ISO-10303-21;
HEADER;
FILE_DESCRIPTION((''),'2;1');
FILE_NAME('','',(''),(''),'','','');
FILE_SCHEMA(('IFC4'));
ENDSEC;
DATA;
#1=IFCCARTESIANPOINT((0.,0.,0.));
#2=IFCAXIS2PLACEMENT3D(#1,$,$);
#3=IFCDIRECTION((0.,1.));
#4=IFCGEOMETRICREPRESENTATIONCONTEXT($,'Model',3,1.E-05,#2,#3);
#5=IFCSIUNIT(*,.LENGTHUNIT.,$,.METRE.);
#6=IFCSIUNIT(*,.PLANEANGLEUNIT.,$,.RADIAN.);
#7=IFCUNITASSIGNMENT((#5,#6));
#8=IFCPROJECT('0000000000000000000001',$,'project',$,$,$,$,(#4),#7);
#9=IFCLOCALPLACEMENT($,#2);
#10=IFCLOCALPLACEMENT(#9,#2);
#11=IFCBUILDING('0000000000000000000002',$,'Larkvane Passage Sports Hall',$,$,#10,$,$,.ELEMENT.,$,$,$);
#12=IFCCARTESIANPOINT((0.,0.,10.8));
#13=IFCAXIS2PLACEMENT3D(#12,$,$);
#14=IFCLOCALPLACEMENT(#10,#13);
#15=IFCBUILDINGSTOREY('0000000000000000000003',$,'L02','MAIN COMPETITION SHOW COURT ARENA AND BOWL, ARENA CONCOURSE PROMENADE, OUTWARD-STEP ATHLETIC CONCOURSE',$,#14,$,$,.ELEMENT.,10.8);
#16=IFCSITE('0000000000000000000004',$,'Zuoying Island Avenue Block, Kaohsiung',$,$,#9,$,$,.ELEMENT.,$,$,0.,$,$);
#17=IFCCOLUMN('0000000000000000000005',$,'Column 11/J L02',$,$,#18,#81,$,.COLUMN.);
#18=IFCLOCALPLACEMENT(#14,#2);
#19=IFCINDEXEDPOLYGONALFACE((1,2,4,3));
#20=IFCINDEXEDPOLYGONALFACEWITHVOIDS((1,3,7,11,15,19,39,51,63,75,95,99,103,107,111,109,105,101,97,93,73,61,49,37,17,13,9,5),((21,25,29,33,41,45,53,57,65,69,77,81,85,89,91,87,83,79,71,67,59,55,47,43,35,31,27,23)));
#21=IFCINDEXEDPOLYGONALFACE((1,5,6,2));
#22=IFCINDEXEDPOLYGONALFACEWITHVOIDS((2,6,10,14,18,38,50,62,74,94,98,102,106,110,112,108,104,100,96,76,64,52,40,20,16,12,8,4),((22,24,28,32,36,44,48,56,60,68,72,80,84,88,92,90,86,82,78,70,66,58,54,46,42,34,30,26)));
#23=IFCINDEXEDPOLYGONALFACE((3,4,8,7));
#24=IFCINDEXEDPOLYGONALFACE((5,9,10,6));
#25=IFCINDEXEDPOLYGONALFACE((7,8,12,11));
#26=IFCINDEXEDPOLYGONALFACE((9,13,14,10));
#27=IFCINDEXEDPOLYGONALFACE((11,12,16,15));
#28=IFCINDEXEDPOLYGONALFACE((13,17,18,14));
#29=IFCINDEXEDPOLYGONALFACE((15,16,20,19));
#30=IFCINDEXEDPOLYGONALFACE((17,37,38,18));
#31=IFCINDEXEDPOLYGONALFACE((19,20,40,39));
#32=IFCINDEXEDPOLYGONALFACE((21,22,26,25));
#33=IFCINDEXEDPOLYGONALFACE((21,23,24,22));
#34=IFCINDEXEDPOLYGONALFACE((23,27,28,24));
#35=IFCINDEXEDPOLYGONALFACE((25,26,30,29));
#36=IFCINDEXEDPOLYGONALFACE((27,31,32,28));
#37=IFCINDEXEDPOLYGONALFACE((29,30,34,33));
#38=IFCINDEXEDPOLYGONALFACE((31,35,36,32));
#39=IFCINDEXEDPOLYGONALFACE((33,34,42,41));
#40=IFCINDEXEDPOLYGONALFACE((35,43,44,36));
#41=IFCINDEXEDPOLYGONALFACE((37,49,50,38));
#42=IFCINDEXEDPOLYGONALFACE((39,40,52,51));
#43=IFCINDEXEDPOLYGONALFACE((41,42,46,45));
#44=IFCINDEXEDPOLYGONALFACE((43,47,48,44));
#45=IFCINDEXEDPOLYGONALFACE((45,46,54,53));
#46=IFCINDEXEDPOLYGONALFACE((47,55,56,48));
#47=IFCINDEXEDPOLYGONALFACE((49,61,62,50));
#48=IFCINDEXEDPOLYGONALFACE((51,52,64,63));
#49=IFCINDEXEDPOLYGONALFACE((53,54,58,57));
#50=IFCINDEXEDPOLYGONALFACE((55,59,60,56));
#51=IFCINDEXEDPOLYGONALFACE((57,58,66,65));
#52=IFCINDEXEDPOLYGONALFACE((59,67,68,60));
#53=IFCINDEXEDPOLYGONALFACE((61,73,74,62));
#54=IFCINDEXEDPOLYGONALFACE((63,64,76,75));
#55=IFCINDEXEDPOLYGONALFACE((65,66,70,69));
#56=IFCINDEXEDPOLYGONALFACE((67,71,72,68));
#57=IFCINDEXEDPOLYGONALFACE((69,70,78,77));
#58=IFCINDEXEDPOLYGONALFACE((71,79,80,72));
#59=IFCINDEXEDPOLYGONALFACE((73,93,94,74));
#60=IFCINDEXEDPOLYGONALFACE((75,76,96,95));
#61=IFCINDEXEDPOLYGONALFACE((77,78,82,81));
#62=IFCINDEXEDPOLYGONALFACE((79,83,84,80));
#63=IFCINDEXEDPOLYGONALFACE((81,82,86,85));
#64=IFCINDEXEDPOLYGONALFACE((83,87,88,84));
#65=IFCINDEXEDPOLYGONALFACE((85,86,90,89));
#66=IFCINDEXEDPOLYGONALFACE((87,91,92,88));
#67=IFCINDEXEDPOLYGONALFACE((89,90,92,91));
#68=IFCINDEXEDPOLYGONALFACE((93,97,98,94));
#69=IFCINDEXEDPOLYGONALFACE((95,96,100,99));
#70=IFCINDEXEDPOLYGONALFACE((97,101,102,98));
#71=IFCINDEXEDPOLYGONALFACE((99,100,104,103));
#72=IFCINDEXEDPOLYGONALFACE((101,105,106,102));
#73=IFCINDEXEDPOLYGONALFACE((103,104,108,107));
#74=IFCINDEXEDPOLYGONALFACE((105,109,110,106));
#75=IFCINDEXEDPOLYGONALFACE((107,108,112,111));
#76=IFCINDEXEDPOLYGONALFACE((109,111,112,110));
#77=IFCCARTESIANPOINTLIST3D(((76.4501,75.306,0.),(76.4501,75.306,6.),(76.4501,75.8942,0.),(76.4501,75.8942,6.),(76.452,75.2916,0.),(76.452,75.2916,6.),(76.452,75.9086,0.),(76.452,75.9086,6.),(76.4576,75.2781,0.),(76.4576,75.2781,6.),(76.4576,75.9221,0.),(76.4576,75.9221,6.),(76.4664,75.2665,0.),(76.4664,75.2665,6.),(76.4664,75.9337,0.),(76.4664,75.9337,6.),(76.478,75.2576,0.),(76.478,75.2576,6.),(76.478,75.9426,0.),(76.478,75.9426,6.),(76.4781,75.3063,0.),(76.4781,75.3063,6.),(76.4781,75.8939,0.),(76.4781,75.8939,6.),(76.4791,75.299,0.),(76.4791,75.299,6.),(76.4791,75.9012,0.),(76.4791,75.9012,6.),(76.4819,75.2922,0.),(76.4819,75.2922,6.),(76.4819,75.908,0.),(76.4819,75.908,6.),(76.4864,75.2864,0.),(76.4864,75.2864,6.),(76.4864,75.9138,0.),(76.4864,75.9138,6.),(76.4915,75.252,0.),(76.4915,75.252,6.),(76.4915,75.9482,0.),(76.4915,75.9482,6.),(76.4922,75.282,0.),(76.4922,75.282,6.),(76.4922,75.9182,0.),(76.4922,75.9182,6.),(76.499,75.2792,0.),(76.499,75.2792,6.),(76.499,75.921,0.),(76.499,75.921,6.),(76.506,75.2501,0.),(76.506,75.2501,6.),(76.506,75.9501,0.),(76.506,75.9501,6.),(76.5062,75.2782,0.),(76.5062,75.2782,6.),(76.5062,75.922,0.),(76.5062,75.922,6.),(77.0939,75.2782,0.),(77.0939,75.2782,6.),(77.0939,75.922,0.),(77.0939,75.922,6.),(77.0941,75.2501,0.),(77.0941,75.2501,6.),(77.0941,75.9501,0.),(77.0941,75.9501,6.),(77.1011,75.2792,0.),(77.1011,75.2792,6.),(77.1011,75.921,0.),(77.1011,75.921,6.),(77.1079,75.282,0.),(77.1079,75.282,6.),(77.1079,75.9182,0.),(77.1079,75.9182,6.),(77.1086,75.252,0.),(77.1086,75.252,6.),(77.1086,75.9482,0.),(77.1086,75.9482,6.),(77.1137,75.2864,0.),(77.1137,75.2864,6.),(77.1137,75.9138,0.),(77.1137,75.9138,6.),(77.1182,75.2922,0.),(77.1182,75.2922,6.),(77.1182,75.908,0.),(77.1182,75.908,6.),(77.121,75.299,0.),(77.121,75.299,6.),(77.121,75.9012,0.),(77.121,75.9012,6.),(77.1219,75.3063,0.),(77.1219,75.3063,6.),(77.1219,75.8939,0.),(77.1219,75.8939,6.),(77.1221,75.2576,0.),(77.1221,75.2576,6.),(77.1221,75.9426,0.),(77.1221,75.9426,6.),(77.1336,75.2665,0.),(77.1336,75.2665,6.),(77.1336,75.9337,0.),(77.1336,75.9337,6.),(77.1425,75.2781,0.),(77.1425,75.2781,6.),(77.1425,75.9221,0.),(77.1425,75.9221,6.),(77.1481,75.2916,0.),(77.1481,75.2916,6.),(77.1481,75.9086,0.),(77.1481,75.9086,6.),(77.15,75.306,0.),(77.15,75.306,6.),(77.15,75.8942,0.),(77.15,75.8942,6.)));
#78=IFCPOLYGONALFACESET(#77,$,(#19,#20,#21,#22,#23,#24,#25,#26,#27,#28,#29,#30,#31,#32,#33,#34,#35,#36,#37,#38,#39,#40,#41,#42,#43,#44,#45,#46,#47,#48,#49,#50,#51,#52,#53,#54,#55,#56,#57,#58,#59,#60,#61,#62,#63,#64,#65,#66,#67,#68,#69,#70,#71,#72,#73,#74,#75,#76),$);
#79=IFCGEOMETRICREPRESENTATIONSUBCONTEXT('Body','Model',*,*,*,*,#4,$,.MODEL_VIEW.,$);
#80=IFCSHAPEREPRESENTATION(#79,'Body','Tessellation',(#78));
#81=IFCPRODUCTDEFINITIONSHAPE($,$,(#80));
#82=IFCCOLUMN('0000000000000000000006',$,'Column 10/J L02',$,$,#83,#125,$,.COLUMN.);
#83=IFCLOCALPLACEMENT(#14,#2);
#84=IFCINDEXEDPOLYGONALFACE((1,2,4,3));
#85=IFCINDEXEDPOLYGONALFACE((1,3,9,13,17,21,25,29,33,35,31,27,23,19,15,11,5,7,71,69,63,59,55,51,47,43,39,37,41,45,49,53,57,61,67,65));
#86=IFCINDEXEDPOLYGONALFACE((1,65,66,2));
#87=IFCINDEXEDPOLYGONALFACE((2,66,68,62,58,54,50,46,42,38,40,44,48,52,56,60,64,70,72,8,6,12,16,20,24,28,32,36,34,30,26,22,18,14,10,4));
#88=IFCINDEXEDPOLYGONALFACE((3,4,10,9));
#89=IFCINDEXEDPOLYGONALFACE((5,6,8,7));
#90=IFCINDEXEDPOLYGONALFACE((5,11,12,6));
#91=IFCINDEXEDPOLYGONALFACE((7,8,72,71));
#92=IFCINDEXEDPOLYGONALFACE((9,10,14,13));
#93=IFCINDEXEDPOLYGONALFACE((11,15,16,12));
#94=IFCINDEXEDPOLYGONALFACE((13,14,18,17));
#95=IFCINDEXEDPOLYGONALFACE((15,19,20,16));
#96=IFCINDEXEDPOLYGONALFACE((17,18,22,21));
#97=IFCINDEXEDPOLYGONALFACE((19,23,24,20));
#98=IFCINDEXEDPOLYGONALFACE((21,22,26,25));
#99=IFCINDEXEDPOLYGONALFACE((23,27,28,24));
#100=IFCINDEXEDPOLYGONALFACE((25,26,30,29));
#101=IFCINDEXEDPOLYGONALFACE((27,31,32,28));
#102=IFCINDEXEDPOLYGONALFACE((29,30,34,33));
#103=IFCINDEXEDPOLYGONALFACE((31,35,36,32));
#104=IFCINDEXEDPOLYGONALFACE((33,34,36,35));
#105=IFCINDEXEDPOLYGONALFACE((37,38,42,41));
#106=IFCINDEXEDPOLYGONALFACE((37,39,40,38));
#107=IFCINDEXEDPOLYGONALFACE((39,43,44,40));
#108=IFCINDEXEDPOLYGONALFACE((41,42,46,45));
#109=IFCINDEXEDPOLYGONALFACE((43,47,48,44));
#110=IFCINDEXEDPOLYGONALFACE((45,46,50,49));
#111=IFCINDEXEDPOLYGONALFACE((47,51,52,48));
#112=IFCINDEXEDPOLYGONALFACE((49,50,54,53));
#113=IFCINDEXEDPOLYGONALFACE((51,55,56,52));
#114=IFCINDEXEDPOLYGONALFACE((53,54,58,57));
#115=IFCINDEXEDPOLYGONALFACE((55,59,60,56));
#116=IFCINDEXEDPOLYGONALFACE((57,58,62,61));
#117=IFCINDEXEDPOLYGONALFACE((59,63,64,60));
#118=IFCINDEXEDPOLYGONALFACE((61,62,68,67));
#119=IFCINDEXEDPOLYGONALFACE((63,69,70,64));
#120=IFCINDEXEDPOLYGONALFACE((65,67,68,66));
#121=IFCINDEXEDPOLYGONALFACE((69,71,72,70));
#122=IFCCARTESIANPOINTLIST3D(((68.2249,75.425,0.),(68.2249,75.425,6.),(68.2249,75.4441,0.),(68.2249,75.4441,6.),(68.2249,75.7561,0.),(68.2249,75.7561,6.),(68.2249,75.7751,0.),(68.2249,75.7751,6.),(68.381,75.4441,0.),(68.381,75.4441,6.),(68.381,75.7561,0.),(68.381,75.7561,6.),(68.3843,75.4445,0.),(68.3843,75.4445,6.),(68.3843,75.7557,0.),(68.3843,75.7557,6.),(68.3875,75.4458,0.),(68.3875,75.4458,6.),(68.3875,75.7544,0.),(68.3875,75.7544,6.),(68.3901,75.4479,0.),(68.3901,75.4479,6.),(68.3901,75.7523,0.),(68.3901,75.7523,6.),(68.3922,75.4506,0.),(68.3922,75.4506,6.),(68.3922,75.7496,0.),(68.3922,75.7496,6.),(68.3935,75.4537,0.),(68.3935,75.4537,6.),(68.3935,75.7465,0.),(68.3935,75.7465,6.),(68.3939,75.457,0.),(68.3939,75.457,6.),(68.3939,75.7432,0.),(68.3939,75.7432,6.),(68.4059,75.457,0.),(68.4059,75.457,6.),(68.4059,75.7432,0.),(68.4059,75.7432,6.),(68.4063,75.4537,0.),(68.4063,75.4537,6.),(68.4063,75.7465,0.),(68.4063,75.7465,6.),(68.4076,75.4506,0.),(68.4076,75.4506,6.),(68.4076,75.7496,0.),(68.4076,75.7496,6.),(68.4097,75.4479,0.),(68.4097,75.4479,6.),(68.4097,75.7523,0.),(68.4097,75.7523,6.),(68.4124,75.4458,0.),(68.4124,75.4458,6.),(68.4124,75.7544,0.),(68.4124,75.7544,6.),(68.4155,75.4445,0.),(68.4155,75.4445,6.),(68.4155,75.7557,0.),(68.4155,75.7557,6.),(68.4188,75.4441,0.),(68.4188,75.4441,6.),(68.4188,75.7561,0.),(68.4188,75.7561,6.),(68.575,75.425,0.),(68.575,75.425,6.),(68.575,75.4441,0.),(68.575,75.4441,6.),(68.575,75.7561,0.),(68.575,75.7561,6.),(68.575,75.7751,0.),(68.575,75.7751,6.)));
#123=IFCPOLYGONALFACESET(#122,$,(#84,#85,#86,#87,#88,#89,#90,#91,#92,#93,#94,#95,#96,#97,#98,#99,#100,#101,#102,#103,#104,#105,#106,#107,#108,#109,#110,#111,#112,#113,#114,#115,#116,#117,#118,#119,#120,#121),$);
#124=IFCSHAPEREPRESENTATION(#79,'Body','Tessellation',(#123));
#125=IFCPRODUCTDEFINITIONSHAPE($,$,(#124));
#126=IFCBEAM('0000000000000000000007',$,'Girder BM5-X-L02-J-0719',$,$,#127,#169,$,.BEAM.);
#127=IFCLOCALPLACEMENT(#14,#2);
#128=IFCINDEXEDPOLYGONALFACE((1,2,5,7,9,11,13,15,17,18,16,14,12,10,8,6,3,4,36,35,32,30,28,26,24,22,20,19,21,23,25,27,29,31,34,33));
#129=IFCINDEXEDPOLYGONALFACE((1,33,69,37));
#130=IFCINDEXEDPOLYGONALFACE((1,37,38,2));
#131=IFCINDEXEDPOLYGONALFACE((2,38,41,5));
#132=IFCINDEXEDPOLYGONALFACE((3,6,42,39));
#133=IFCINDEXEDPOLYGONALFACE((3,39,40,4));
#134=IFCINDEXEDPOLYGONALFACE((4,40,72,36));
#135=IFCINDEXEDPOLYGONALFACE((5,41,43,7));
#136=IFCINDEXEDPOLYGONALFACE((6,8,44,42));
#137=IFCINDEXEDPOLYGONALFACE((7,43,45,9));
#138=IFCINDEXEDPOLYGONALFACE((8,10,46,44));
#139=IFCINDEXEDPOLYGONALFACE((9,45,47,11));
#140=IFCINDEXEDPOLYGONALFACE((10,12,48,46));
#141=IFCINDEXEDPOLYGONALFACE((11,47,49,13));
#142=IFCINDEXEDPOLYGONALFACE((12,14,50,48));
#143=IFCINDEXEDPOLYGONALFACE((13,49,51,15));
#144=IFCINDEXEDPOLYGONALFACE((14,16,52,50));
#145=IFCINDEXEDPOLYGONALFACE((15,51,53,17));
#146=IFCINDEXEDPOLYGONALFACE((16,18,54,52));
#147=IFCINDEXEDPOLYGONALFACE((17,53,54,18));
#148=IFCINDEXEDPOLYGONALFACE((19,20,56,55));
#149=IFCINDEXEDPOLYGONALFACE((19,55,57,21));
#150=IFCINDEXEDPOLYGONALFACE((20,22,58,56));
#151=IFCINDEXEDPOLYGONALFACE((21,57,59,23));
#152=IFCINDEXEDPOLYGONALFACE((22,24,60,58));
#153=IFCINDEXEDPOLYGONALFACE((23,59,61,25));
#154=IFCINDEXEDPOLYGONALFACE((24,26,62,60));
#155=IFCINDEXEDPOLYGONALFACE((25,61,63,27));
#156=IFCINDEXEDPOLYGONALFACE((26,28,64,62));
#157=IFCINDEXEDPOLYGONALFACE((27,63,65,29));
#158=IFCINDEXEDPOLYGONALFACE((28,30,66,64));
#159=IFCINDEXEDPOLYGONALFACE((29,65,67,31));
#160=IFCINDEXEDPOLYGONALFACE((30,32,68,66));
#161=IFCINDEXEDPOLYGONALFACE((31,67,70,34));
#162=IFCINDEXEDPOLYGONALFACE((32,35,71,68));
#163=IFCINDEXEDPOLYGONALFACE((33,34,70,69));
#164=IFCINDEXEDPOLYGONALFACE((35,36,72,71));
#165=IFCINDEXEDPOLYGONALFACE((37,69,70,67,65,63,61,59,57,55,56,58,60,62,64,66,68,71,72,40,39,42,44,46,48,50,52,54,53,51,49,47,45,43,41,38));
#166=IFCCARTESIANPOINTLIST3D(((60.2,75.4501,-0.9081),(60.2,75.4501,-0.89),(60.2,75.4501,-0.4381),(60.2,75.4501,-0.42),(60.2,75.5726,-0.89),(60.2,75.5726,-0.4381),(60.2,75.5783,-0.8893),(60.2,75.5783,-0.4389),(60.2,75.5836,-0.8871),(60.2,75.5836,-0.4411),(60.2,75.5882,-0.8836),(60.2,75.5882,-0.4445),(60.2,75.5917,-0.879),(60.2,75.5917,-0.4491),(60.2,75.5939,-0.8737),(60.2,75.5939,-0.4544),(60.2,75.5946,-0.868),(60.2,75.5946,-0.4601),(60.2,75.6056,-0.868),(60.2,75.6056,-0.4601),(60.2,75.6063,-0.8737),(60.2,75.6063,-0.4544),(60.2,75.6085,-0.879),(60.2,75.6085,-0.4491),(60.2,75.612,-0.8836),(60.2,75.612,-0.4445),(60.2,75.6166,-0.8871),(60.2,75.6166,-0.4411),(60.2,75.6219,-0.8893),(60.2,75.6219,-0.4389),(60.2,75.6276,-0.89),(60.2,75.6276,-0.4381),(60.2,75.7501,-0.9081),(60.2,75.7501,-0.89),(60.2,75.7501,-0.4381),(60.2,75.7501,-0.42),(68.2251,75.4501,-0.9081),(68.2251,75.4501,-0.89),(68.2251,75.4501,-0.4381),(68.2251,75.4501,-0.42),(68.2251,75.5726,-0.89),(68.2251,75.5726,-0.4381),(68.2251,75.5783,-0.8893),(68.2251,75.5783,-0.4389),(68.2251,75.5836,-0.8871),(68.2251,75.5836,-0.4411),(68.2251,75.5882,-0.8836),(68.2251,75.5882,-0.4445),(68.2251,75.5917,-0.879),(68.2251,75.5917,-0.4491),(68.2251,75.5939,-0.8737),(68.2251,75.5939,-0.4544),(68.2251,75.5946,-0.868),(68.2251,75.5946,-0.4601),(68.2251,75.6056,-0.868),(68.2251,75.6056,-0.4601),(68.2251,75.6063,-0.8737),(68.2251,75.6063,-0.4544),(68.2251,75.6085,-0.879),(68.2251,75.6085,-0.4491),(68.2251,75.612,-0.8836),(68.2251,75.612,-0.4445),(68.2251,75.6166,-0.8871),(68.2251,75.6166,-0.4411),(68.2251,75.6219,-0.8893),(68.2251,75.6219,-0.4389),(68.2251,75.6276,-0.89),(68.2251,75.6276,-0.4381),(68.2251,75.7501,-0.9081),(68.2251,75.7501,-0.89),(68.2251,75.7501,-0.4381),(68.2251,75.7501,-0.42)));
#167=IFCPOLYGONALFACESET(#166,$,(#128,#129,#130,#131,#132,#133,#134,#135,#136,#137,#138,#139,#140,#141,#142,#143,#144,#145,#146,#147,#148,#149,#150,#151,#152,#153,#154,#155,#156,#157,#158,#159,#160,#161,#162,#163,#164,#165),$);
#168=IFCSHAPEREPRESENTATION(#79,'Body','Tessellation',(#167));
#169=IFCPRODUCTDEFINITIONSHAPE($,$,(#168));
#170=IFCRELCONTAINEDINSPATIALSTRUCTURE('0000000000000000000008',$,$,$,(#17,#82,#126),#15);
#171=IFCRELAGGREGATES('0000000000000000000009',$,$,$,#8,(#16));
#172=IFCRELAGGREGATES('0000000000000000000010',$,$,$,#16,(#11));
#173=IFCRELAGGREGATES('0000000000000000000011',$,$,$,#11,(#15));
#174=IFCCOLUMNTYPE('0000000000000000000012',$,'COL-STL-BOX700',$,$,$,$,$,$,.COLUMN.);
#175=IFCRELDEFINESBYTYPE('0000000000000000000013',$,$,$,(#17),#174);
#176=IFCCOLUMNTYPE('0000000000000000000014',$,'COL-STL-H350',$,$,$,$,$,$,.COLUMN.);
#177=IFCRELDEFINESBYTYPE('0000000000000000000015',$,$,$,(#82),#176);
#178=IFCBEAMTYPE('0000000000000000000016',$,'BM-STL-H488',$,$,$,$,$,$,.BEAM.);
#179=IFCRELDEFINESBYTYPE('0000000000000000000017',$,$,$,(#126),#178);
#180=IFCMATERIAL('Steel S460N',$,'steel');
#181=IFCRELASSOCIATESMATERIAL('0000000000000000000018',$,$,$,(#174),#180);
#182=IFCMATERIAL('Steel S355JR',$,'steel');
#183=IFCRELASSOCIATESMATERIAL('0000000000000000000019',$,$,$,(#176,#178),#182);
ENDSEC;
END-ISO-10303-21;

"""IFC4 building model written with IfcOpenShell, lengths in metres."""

from ifc_helpers import new_model, si_unit, direction, frame, origin, origin_2d, place, context, subcontext, project, spatial, hollow_rectangle, i_section, extrude, material, material_profile, profile_set, type_object, element, save


model = new_model("IFC4")

# Units and contexts
model_context = context("Model", 3, precision=1e-05, world=origin(), true_north=direction((0.0, 1.0)))
body_context = subcontext(model_context, "Body", "Model", "MODEL_VIEW")
ifc_project = project(units=[si_unit("LENGTHUNIT", "METRE"), si_unit("PLANEANGLEUNIT", "RADIAN")], contexts=[model_context])

# Site, building, storey
site_placement = place(None, origin())
site = spatial("IfcSite", under=ifc_project, at=site_placement, Name="Zuoying Island Avenue Block, Kaohsiung", CompositionType="ELEMENT", RefElevation=0.0)
building_placement = place(site_placement, origin())
building = spatial("IfcBuilding", under=site, at=building_placement, Name="Larkvane Passage Sports Hall", CompositionType="ELEMENT")
storey_placement = place(building_placement, frame((0.0, 0.0, 10.8)))
storey = spatial("IfcBuildingStorey", under=building, at=storey_placement, Name="L02", Description="MAIN COMPETITION SHOW COURT ARENA AND BOWL, ARENA CONCOURSE PROMENADE, OUTWARD-STEP ATHLETIC CONCOURSE", CompositionType="ELEMENT", Elevation=10.8)

# Columns
ifc_material_1 = material(Name="Steel S460N", Category="steel")
ifc_material_profile_1 = material_profile(ifc_material_1, hollow_rectangle(XDim=0.7, YDim=0.7, WallThickness=0.0281, InnerFilletRadius=0.0281, OuterFilletRadius=0.0559, at=origin_2d()), Name="BOX-700x700x28")
ifc_profile_set_1 = profile_set([ifc_material_profile_1], Name="Steel S460N")
column_type_1 = type_object("IfcColumnType", Name="COL-STL-BOX700", PredefinedType="COLUMN", material=ifc_profile_set_1)
column_1_placement = place(storey_placement, frame((76.8, 75.6001, 0.0), z_axis=(0.0, 0.0, 1.0), x_axis=(1.0, 0.0, 0.0)))
element("IfcColumn", 1, at=column_1_placement, inside=storey, type_object=column_type_1, Name="Column 11/J L02", PredefinedType="COLUMN", context=body_context, shape_type="SweptSolid", body=[
    extrude(hollow_rectangle(XDim=0.7, YDim=0.7, WallThickness=0.0281, InnerFilletRadius=0.0281, OuterFilletRadius=0.0559, at=origin_2d()), origin(), (0.0, 0.0, 1.0), 6.0),
])
ifc_material_2 = material(Name="Steel S355JR", Category="steel")
ifc_material_profile_2 = material_profile(ifc_material_2, i_section(OverallWidth=0.3501, OverallDepth=0.3501, WebThickness=0.012, FlangeThickness=0.019, FilletRadius=0.0129, at=origin_2d()), Name="H-350x350x12x19")
ifc_profile_set_2 = profile_set([ifc_material_profile_2], Name="Steel S355JR")
column_type_2 = type_object("IfcColumnType", Name="COL-STL-H350", PredefinedType="COLUMN", material=ifc_profile_set_2)
column_2_placement = place(storey_placement, frame((68.3999, 75.6001, 0.0), z_axis=(0.0, 0.0, 1.0), x_axis=(1.0, 0.0, 0.0)))
element("IfcColumn", 2, at=column_2_placement, inside=storey, type_object=column_type_2, Name="Column 10/J L02", PredefinedType="COLUMN", context=body_context, shape_type="SweptSolid", body=[
    extrude(i_section(OverallWidth=0.3501, OverallDepth=0.3501, WebThickness=0.012, FlangeThickness=0.019, FilletRadius=0.0129, at=origin_2d()), origin(), (0.0, 0.0, 1.0), 6.0),
])

# Beam
ifc_material_profile_3 = material_profile(ifc_material_2, i_section(OverallWidth=0.3, OverallDepth=0.488, WebThickness=0.011, FlangeThickness=0.0181, FilletRadius=0.022, at=origin_2d()), Name="H-488x300x11x18")
ifc_profile_set_3 = profile_set([ifc_material_profile_3], Name="Steel S355JR")
beam_type_1 = type_object("IfcBeamType", Name="BM-STL-H488", PredefinedType="BEAM", material=ifc_profile_set_3)
beam_1_placement = place(storey_placement, frame((60.2, 75.6001, -0.6641), z_axis=(1.0, 0.0, 0.0), x_axis=(0.0, 1.0, 0.0)))
element("IfcBeam", 3, at=beam_1_placement, inside=storey, type_object=beam_type_1, Name="Girder BM5-X-L02-J-0719", PredefinedType="BEAM", context=body_context, shape_type="SweptSolid", body=[
    extrude(i_section(OverallWidth=0.3, OverallDepth=0.488, WebThickness=0.011, FlangeThickness=0.0181, FilletRadius=0.022, at=origin_2d()), origin(), (0.0, 0.0, 1.0), 8.0251),
])

save(model, "model.ifc")
